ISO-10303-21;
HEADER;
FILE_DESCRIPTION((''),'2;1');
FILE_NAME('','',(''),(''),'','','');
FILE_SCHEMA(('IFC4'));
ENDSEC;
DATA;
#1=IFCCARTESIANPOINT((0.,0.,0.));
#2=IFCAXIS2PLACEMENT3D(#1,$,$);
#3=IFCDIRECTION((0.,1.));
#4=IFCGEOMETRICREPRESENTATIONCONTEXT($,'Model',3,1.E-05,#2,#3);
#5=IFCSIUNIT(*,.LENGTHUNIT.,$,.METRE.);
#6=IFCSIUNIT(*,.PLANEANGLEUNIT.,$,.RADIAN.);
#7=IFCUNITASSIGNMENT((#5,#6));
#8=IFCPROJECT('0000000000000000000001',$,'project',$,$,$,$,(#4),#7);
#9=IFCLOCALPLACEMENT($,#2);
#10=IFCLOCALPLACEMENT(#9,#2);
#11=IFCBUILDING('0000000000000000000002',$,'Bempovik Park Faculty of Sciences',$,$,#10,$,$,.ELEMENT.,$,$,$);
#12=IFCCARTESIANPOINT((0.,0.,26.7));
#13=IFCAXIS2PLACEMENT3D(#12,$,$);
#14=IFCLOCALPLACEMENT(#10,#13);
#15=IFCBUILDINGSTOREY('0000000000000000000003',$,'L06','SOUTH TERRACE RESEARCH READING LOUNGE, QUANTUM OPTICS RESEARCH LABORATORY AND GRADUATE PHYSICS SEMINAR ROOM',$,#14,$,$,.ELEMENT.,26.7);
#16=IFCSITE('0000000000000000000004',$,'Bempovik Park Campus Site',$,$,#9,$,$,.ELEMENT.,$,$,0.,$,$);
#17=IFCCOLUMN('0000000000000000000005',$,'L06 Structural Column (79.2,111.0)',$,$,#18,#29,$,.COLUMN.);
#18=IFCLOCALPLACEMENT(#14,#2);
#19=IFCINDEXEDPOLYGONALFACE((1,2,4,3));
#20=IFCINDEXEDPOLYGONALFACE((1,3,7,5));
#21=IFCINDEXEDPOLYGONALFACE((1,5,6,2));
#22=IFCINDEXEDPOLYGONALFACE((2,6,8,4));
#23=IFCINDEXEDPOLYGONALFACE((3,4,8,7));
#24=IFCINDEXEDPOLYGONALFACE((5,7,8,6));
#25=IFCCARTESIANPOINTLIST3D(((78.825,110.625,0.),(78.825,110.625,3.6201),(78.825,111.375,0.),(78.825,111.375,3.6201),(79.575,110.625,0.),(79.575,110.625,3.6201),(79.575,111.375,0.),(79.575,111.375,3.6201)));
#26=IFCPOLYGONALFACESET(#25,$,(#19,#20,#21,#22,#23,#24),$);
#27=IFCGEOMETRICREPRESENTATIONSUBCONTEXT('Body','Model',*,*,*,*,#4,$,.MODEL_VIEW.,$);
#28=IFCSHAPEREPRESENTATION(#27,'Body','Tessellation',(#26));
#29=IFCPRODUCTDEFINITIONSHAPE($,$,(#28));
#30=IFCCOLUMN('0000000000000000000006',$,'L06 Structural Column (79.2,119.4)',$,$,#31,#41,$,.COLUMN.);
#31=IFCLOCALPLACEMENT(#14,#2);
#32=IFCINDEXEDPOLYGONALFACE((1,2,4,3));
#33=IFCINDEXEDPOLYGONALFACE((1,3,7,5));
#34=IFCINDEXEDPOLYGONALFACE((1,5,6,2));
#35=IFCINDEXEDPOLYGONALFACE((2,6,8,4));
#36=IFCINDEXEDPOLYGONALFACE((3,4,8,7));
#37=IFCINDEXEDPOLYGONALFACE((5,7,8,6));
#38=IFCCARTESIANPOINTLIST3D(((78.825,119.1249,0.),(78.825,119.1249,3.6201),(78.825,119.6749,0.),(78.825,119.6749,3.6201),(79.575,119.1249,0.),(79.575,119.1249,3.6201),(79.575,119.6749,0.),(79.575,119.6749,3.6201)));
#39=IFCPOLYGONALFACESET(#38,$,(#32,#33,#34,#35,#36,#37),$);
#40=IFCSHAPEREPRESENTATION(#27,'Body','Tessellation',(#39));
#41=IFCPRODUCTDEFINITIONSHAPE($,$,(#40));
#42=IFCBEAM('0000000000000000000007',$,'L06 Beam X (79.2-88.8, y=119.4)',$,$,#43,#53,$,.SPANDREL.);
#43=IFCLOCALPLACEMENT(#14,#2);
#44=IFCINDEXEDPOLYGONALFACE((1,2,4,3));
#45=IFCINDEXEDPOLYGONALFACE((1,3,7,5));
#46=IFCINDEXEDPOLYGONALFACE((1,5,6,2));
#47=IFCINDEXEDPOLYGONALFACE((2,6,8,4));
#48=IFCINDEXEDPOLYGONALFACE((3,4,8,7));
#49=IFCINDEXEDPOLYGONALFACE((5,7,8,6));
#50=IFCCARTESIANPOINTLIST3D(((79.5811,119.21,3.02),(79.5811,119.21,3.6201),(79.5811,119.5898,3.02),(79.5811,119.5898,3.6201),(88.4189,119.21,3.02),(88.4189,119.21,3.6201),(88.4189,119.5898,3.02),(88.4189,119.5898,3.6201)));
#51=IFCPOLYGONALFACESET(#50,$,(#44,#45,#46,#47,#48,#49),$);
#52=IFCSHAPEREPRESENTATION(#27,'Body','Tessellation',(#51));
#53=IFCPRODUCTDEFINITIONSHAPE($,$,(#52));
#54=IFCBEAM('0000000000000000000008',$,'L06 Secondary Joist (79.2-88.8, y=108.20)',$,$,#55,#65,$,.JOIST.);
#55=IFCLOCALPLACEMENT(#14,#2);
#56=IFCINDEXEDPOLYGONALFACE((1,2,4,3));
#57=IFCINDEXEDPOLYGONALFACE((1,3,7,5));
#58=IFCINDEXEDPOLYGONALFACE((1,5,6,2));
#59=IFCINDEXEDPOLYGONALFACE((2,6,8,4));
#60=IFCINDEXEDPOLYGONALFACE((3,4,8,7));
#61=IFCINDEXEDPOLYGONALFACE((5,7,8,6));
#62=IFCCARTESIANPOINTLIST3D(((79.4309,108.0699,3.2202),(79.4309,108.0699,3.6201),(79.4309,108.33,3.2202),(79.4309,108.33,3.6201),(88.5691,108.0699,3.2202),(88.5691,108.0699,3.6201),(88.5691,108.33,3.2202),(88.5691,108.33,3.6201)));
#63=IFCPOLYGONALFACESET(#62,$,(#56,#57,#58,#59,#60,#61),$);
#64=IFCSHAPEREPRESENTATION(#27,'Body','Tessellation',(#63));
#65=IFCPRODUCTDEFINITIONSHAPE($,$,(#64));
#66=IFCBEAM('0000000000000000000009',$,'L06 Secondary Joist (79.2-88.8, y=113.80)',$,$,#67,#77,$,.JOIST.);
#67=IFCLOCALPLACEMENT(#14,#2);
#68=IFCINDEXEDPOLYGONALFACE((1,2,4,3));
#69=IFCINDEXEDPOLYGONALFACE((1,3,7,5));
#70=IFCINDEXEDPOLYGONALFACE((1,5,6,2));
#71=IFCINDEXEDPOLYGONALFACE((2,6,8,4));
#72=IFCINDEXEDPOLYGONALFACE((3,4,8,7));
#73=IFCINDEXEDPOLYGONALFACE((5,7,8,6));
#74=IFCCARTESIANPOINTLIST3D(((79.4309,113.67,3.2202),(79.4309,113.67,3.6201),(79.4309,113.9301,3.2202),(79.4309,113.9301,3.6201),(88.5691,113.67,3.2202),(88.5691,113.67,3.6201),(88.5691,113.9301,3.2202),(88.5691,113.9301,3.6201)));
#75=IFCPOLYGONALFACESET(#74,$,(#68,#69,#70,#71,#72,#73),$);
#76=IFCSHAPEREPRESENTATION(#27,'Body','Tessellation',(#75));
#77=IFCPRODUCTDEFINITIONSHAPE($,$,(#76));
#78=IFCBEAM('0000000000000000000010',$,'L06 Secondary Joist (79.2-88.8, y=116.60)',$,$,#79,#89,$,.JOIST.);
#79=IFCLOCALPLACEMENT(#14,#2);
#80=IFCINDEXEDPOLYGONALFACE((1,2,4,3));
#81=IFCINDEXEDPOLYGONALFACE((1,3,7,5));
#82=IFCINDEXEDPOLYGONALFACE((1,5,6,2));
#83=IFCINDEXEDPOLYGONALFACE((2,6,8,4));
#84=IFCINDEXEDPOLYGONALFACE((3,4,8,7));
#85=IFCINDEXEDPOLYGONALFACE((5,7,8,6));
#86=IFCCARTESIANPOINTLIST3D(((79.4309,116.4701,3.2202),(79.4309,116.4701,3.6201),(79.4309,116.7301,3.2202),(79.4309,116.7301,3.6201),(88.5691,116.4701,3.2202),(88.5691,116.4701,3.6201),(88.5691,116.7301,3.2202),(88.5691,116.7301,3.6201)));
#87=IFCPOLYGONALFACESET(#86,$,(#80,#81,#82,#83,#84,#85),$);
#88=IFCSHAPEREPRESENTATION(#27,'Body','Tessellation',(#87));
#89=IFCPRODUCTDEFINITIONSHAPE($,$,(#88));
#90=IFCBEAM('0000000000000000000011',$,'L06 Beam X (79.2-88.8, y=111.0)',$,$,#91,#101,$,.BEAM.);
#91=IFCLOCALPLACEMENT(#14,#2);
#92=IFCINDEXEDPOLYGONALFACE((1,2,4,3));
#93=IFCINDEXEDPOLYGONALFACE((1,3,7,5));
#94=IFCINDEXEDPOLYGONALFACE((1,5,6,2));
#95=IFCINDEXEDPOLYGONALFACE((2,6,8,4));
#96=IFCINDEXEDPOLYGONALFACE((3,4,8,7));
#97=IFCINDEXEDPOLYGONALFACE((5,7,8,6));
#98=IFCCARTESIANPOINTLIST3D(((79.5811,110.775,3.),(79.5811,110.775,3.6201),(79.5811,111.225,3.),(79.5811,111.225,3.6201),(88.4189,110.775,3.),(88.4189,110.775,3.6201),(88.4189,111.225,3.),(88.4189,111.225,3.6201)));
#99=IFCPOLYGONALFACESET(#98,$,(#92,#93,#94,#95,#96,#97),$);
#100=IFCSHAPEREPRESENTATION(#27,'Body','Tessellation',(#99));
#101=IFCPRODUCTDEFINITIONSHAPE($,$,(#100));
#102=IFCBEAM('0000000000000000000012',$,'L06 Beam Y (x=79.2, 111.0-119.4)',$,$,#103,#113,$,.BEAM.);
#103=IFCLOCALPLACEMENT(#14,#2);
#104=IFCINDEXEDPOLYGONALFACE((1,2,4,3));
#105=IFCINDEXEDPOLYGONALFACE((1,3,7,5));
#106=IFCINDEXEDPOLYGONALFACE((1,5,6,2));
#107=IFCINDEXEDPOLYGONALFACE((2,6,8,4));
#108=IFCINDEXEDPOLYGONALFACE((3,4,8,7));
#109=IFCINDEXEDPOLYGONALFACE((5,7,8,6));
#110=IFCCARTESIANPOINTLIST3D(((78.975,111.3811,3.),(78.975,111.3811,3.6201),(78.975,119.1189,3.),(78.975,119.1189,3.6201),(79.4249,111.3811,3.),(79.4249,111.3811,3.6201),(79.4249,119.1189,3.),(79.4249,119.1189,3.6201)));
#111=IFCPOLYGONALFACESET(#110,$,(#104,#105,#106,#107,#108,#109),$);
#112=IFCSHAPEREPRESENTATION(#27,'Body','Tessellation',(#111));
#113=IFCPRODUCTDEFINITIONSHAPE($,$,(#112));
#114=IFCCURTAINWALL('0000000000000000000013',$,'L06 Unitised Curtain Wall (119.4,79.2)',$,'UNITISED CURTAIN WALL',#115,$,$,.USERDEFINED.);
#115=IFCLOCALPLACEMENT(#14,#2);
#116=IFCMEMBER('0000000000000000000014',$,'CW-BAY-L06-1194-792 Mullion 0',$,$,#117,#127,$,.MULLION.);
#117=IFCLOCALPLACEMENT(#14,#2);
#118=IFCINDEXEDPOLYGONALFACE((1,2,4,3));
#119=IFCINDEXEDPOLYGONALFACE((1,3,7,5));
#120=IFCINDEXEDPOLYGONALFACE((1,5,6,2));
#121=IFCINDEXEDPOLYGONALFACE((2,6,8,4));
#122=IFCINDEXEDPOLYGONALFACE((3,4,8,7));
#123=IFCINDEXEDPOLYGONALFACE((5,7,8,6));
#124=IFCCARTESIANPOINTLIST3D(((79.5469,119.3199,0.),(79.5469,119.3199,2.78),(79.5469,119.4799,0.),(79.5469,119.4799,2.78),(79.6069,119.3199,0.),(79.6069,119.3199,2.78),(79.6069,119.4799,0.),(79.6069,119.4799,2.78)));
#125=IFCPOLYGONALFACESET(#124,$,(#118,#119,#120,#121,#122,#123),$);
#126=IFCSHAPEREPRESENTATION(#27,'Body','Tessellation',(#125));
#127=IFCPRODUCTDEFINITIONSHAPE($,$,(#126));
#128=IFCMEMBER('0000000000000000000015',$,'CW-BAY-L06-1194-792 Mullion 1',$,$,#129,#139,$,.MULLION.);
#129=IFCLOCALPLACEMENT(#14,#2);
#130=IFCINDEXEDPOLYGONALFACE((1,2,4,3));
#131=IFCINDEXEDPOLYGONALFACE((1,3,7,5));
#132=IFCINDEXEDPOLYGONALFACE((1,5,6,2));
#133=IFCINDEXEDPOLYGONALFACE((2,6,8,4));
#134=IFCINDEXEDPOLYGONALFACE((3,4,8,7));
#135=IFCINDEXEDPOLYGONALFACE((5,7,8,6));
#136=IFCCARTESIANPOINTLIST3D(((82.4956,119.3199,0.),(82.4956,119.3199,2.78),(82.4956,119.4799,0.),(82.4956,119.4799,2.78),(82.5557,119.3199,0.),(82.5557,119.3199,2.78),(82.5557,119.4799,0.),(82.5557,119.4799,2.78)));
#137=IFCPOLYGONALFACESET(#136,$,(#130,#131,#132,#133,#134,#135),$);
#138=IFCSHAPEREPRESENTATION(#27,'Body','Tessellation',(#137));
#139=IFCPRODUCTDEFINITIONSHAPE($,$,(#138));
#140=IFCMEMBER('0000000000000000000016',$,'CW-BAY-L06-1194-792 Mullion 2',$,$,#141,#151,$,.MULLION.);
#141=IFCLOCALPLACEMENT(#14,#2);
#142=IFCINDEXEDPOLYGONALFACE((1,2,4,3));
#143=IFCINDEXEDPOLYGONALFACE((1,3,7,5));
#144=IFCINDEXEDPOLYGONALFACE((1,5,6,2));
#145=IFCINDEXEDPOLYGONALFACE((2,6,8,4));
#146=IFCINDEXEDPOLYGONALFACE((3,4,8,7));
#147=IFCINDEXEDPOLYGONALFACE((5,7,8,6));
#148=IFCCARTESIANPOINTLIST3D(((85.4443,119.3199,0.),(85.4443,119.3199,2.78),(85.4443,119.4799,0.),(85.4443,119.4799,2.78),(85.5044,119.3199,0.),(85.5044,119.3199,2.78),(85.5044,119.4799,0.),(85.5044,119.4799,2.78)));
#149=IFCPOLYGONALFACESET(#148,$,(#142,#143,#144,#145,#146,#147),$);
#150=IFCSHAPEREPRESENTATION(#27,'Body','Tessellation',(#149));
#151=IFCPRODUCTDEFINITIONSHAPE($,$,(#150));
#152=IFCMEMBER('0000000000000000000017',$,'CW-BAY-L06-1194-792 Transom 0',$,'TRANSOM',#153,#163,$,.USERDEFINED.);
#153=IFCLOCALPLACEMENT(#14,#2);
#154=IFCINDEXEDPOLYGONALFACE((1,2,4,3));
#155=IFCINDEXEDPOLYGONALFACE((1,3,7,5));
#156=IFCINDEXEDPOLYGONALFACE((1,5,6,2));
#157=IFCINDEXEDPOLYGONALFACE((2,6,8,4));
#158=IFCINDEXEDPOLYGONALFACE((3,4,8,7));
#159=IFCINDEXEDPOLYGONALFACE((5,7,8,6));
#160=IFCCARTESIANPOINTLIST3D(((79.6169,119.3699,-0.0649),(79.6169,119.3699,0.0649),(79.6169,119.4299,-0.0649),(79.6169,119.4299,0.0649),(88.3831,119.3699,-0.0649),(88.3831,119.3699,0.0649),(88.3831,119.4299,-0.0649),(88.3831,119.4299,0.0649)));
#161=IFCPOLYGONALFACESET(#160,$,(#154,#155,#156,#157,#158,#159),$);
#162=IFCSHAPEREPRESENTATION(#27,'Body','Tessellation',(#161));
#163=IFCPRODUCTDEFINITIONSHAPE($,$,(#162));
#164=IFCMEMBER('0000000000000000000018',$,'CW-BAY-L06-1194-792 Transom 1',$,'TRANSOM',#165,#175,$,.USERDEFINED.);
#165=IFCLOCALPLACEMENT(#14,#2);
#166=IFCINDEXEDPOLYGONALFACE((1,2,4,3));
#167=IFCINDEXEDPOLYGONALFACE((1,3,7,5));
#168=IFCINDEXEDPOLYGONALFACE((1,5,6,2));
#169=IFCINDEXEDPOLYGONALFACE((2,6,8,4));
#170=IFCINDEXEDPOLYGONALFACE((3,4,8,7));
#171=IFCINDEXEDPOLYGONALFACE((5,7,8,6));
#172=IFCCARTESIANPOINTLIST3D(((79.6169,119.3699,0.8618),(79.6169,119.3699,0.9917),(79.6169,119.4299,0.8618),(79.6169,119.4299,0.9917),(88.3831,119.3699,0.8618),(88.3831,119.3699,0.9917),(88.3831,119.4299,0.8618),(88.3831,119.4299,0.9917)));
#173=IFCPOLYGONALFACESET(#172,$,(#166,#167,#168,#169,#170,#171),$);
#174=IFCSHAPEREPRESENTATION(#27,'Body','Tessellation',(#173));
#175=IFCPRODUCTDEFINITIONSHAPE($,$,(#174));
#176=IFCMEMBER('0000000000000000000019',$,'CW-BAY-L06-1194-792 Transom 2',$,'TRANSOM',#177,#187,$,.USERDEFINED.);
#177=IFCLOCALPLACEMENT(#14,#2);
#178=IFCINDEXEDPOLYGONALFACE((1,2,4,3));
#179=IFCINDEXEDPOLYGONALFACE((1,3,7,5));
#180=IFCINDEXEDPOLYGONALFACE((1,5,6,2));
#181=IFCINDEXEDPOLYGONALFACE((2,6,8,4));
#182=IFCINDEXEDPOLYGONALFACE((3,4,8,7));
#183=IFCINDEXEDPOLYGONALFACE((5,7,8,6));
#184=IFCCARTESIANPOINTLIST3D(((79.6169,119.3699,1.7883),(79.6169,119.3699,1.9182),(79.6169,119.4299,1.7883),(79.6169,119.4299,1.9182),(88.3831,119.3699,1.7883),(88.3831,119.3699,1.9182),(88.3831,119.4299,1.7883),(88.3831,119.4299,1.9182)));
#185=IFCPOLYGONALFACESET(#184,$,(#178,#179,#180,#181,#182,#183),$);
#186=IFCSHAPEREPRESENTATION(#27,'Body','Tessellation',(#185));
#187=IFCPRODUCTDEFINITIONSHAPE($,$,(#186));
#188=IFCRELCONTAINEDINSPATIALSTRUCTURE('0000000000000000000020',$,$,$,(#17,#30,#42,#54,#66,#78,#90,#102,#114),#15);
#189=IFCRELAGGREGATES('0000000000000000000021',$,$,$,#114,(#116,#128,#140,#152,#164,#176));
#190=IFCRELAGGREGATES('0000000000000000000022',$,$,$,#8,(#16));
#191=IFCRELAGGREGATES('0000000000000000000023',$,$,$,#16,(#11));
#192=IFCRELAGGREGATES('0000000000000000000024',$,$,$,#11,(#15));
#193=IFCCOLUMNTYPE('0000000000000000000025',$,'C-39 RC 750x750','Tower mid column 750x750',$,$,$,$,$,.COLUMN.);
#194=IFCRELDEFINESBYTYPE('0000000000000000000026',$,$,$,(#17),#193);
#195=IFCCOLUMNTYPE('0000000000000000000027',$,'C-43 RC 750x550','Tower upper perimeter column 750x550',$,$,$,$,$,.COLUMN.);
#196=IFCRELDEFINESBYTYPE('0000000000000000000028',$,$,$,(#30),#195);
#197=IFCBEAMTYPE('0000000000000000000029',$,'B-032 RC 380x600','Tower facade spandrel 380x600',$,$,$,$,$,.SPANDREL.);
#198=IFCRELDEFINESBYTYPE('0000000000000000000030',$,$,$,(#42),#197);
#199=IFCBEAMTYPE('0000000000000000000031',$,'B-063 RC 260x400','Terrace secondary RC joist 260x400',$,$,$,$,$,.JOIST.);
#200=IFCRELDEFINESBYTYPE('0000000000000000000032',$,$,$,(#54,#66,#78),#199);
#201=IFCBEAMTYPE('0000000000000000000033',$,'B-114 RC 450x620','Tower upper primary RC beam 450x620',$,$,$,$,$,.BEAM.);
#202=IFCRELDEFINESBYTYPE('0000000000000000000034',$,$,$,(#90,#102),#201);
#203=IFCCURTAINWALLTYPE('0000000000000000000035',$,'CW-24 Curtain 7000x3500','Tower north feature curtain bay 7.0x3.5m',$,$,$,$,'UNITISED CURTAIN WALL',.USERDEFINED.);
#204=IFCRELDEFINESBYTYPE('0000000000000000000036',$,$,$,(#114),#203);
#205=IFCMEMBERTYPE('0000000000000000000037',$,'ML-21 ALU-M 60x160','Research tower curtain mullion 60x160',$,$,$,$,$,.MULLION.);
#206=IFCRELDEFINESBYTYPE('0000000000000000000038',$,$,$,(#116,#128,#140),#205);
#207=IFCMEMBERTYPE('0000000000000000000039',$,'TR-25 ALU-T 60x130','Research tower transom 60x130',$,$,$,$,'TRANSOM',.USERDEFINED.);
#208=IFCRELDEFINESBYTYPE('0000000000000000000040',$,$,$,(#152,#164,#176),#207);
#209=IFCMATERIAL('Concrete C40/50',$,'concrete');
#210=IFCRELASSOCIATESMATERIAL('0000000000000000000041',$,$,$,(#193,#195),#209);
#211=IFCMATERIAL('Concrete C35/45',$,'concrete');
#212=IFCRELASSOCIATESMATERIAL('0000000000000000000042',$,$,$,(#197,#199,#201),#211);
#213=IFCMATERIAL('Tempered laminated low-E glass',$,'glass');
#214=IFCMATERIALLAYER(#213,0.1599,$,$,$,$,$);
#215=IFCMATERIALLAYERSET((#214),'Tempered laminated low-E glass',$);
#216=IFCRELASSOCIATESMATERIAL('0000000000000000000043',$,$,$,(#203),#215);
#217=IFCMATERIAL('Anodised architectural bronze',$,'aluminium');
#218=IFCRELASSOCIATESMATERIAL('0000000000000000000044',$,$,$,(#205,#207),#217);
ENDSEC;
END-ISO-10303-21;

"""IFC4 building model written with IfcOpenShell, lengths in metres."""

from ifc_helpers import new_model, si_unit, direction, frame, origin, origin_2d, place, context, subcontext, project, spatial, rectangle, extrude, material, layer, layer_set, material_profile, profile_set, type_object, element, aggregate, save


model = new_model("IFC4")

# Units and contexts
model_context = context("Model", 3, precision=1e-05, world=origin(), true_north=direction((0.0, 1.0)))
body_context = subcontext(model_context, "Body", "Model", "MODEL_VIEW")
ifc_project = project(units=[si_unit("LENGTHUNIT", "METRE"), si_unit("PLANEANGLEUNIT", "RADIAN")], contexts=[model_context])

# Site, building, storey
site_placement = place(None, origin())
site = spatial("IfcSite", under=ifc_project, at=site_placement, Name="Bempovik Park Campus Site", CompositionType="ELEMENT", RefElevation=0.0)
building_placement = place(site_placement, origin())
building = spatial("IfcBuilding", under=site, at=building_placement, Name="Bempovik Park Faculty of Sciences", CompositionType="ELEMENT")
storey_placement = place(building_placement, frame((0.0, 0.0, 26.7)))
storey = spatial("IfcBuildingStorey", under=building, at=storey_placement, Name="L06", Description="SOUTH TERRACE RESEARCH READING LOUNGE, QUANTUM OPTICS RESEARCH LABORATORY AND GRADUATE PHYSICS SEMINAR ROOM", CompositionType="ELEMENT", Elevation=26.7)

# Columns
ifc_material_1 = material(Name="Concrete C40/50", Category="concrete")
ifc_material_profile_1 = material_profile(ifc_material_1, rectangle(XDim=0.75, YDim=0.75, at=origin_2d()), Name="RC 750x750")
ifc_profile_set_1 = profile_set([ifc_material_profile_1], Name="Concrete C40/50")
column_type_1 = type_object("IfcColumnType", Name="C-39 RC 750x750", Description="Tower mid column 750x750", PredefinedType="COLUMN", material=ifc_profile_set_1)
column_1_placement = place(storey_placement, frame((79.2, 111.0, 0.0), z_axis=(0.0, 0.0, 1.0), x_axis=(1.0, 0.0, 0.0)))
element("IfcColumn", 1, at=column_1_placement, inside=storey, type_object=column_type_1, Name="L06 Structural Column (79.2,111.0)", PredefinedType="COLUMN", context=body_context, shape_type="SweptSolid", body=[
    extrude(rectangle(XDim=0.75, YDim=0.75, at=origin_2d()), origin(), (0.0, 0.0, 1.0), 3.6201),
])
ifc_material_profile_2 = material_profile(ifc_material_1, rectangle(XDim=0.75, YDim=0.55, at=origin_2d()), Name="RC 750x550")
ifc_profile_set_2 = profile_set([ifc_material_profile_2], Name="Concrete C40/50")
column_type_2 = type_object("IfcColumnType", Name="C-43 RC 750x550", Description="Tower upper perimeter column 750x550", PredefinedType="COLUMN", material=ifc_profile_set_2)
column_2_placement = place(storey_placement, frame((79.2, 119.3999, 0.0), z_axis=(0.0, 0.0, 1.0), x_axis=(1.0, 0.0, 0.0)))
element("IfcColumn", 2, at=column_2_placement, inside=storey, type_object=column_type_2, Name="L06 Structural Column (79.2,119.4)", PredefinedType="COLUMN", context=body_context, shape_type="SweptSolid", body=[
    extrude(rectangle(XDim=0.75, YDim=0.55, at=origin_2d()), origin(), (0.0, 0.0, 1.0), 3.6201),
])

# Beams
ifc_material_2 = material(Name="Concrete C35/45", Category="concrete")
ifc_material_profile_3 = material_profile(ifc_material_2, rectangle(XDim=0.3799, YDim=0.6001, at=origin_2d()), Name="RC 380x600")
ifc_profile_set_3 = profile_set([ifc_material_profile_3], Name="Concrete C35/45")
beam_type_1 = type_object("IfcBeamType", Name="B-032 RC 380x600", Description="Tower facade spandrel 380x600", PredefinedType="SPANDREL", material=ifc_profile_set_3)
beam_1_placement = place(storey_placement, frame((79.5811, 119.3999, 3.3201), z_axis=(1.0, 0.0, 0.0), x_axis=(0.0, 1.0, 0.0)))
element("IfcBeam", 3, at=beam_1_placement, inside=storey, type_object=beam_type_1, Name="L06 Beam X (79.2-88.8, y=119.4)", PredefinedType="SPANDREL", context=body_context, shape_type="SweptSolid", body=[
    extrude(rectangle(XDim=0.3799, YDim=0.6001, at=origin_2d()), origin(), (0.0, 0.0, 1.0), 8.8379),
])
ifc_material_profile_4 = material_profile(ifc_material_2, rectangle(XDim=0.26, YDim=0.3999, at=origin_2d()), Name="RC 260x400")
ifc_profile_set_4 = profile_set([ifc_material_profile_4], Name="Concrete C35/45")
beam_type_2 = type_object("IfcBeamType", Name="B-063 RC 260x400", Description="Terrace secondary RC joist 260x400", PredefinedType="JOIST", material=ifc_profile_set_4)
for number, where, z_axis, x_axis, name in (
    (4, (79.4309, 108.2, 3.4202), (1.0, 0.0, 0.0), (0.0, 1.0, 0.0), "L06 Secondary Joist (79.2-88.8, y=108.20)"),
    (5, (79.4309, 113.8, 3.4202), (1.0, 0.0, 0.0), (0.0, 1.0, 0.0), "L06 Secondary Joist (79.2-88.8, y=113.80)"),
    (6, (79.4309, 116.6001, 3.4202), (1.0, 0.0, 0.0), (0.0, 1.0, 0.0), "L06 Secondary Joist (79.2-88.8, y=116.60)"),
):
    element("IfcBeam", number, at=place(storey_placement, frame(where, z_axis=z_axis, x_axis=x_axis)), inside=storey, type_object=beam_type_2, Name=name, PredefinedType="JOIST", context=body_context, shape_type="SweptSolid", body=[
        extrude(rectangle(XDim=0.26, YDim=0.3999, at=origin_2d()), origin(), (0.0, 0.0, 1.0), 9.1382),
    ])
ifc_material_profile_5 = material_profile(ifc_material_2, rectangle(XDim=0.45, YDim=0.6201, at=origin_2d()), Name="RC 450x620")
ifc_profile_set_5 = profile_set([ifc_material_profile_5], Name="Concrete C35/45")
beam_type_3 = type_object("IfcBeamType", Name="B-114 RC 450x620", Description="Tower upper primary RC beam 450x620", PredefinedType="BEAM", material=ifc_profile_set_5)
beam_2_placement = place(storey_placement, frame((79.5811, 111.0, 3.3101), z_axis=(1.0, 0.0, 0.0), x_axis=(0.0, 1.0, 0.0)))
element("IfcBeam", 7, at=beam_2_placement, inside=storey, type_object=beam_type_3, Name="L06 Beam X (79.2-88.8, y=111.0)", PredefinedType="BEAM", context=body_context, shape_type="SweptSolid", body=[
    extrude(rectangle(XDim=0.45, YDim=0.6201, at=origin_2d()), origin(), (0.0, 0.0, 1.0), 8.8379),
])
beam_3_placement = place(storey_placement, frame((79.2, 111.3811, 3.3101), z_axis=(0.0, 1.0, 0.0), x_axis=(-1.0, 0.0, 0.0)))
element("IfcBeam", 8, at=beam_3_placement, inside=storey, type_object=beam_type_3, Name="L06 Beam Y (x=79.2, 111.0-119.4)", PredefinedType="BEAM", context=body_context, shape_type="SweptSolid", body=[
    extrude(rectangle(XDim=0.45, YDim=0.6201, at=origin_2d()), origin(), (0.0, 0.0, 1.0), 7.7378),
])

# Curtain wall, members
ifc_material_3 = material(Name="Tempered laminated low-E glass", Category="glass")
ifc_layer_1 = layer(ifc_material_3, 0.1599)
ifc_layer_set_1 = layer_set([ifc_layer_1], Name="Tempered laminated low-E glass")
curtain_wall_type = type_object("IfcCurtainWallType", Name="CW-24 Curtain 7000x3500", Description="Tower north feature curtain bay 7.0x3.5m", ElementType="UNITISED CURTAIN WALL", PredefinedType="USERDEFINED", material=ifc_layer_set_1)
curtain_wall_placement = place(storey_placement, origin())
curtain_wall = element("IfcCurtainWall", 9, at=curtain_wall_placement, inside=storey, type_object=curtain_wall_type, Name="L06 Unitised Curtain Wall (119.4,79.2)", ObjectType="UNITISED CURTAIN WALL", PredefinedType="USERDEFINED")
ifc_material_4 = material(Name="Anodised architectural bronze", Category="aluminium")
ifc_material_profile_6 = material_profile(ifc_material_4, rectangle(XDim=0.0601, YDim=0.1599, at=origin_2d()), Name="ALU-M 60x160")
ifc_profile_set_6 = profile_set([ifc_material_profile_6], Name="Anodised architectural bronze")
member_type_1 = type_object("IfcMemberType", Name="ML-21 ALU-M 60x160", Description="Research tower curtain mullion 60x160", PredefinedType="MULLION", material=ifc_profile_set_6)
member_1_placement = place(storey_placement, frame((79.5769, 119.3999, 0.0), z_axis=(0.0, 0.0, 1.0), x_axis=(1.0, 0.0, 0.0)))
member_1 = element("IfcMember", 10, at=member_1_placement, type_object=member_type_1, Name="CW-BAY-L06-1194-792 Mullion 0", PredefinedType="MULLION", context=body_context, shape_type="SweptSolid", body=[
    extrude(rectangle(XDim=0.0601, YDim=0.1599, at=origin_2d()), origin(), (0.0, 0.0, 1.0), 2.78),
])
member_2_placement = place(storey_placement, frame((82.5256, 119.3999, 0.0), z_axis=(0.0, 0.0, 1.0), x_axis=(1.0, 0.0, 0.0)))
member_2 = element("IfcMember", 11, at=member_2_placement, type_object=member_type_1, Name="CW-BAY-L06-1194-792 Mullion 1", PredefinedType="MULLION", context=body_context, shape_type="SweptSolid", body=[
    extrude(rectangle(XDim=0.0601, YDim=0.1599, at=origin_2d()), origin(), (0.0, 0.0, 1.0), 2.78),
])
member_3_placement = place(storey_placement, frame((85.4744, 119.3999, 0.0), z_axis=(0.0, 0.0, 1.0), x_axis=(1.0, 0.0, 0.0)))
member_3 = element("IfcMember", 12, at=member_3_placement, type_object=member_type_1, Name="CW-BAY-L06-1194-792 Mullion 2", PredefinedType="MULLION", context=body_context, shape_type="SweptSolid", body=[
    extrude(rectangle(XDim=0.0601, YDim=0.1599, at=origin_2d()), origin(), (0.0, 0.0, 1.0), 2.78),
])
ifc_material_profile_7 = material_profile(ifc_material_4, rectangle(XDim=0.0601, YDim=0.1299, at=origin_2d()), Name="ALU-T 60x130")
ifc_profile_set_7 = profile_set([ifc_material_profile_7], Name="Anodised architectural bronze")
member_type_2 = type_object("IfcMemberType", Name="TR-25 ALU-T 60x130", Description="Research tower transom 60x130", ElementType="TRANSOM", PredefinedType="USERDEFINED", material=ifc_profile_set_7)
member_4_placement = place(storey_placement, frame((79.6169, 119.3999, 0.0), z_axis=(1.0, 0.0, 0.0), x_axis=(0.0, 1.0, 0.0)))
member_4 = element("IfcMember", 13, at=member_4_placement, type_object=member_type_2, Name="CW-BAY-L06-1194-792 Transom 0", ObjectType="TRANSOM", PredefinedType="USERDEFINED", context=body_context, shape_type="SweptSolid", body=[
    extrude(rectangle(XDim=0.0601, YDim=0.1299, at=origin_2d()), origin(), (0.0, 0.0, 1.0), 8.7661),
])
member_5_placement = place(storey_placement, frame((79.6169, 119.3999, 0.9268), z_axis=(1.0, 0.0, 0.0), x_axis=(0.0, 1.0, 0.0)))
member_5 = element("IfcMember", 14, at=member_5_placement, type_object=member_type_2, Name="CW-BAY-L06-1194-792 Transom 1", ObjectType="TRANSOM", PredefinedType="USERDEFINED", context=body_context, shape_type="SweptSolid", body=[
    extrude(rectangle(XDim=0.0601, YDim=0.1299, at=origin_2d()), origin(), (0.0, 0.0, 1.0), 8.7661),
])
member_6_placement = place(storey_placement, frame((79.6169, 119.3999, 1.8533), z_axis=(1.0, 0.0, 0.0), x_axis=(0.0, 1.0, 0.0)))
member_6 = element("IfcMember", 15, at=member_6_placement, type_object=member_type_2, Name="CW-BAY-L06-1194-792 Transom 2", ObjectType="TRANSOM", PredefinedType="USERDEFINED", context=body_context, shape_type="SweptSolid", body=[
    extrude(rectangle(XDim=0.0601, YDim=0.1299, at=origin_2d()), origin(), (0.0, 0.0, 1.0), 8.7661),
])
aggregate(curtain_wall, [member_1, member_2, member_3, member_4, member_5, member_6])

save(model, "model.ifc")
